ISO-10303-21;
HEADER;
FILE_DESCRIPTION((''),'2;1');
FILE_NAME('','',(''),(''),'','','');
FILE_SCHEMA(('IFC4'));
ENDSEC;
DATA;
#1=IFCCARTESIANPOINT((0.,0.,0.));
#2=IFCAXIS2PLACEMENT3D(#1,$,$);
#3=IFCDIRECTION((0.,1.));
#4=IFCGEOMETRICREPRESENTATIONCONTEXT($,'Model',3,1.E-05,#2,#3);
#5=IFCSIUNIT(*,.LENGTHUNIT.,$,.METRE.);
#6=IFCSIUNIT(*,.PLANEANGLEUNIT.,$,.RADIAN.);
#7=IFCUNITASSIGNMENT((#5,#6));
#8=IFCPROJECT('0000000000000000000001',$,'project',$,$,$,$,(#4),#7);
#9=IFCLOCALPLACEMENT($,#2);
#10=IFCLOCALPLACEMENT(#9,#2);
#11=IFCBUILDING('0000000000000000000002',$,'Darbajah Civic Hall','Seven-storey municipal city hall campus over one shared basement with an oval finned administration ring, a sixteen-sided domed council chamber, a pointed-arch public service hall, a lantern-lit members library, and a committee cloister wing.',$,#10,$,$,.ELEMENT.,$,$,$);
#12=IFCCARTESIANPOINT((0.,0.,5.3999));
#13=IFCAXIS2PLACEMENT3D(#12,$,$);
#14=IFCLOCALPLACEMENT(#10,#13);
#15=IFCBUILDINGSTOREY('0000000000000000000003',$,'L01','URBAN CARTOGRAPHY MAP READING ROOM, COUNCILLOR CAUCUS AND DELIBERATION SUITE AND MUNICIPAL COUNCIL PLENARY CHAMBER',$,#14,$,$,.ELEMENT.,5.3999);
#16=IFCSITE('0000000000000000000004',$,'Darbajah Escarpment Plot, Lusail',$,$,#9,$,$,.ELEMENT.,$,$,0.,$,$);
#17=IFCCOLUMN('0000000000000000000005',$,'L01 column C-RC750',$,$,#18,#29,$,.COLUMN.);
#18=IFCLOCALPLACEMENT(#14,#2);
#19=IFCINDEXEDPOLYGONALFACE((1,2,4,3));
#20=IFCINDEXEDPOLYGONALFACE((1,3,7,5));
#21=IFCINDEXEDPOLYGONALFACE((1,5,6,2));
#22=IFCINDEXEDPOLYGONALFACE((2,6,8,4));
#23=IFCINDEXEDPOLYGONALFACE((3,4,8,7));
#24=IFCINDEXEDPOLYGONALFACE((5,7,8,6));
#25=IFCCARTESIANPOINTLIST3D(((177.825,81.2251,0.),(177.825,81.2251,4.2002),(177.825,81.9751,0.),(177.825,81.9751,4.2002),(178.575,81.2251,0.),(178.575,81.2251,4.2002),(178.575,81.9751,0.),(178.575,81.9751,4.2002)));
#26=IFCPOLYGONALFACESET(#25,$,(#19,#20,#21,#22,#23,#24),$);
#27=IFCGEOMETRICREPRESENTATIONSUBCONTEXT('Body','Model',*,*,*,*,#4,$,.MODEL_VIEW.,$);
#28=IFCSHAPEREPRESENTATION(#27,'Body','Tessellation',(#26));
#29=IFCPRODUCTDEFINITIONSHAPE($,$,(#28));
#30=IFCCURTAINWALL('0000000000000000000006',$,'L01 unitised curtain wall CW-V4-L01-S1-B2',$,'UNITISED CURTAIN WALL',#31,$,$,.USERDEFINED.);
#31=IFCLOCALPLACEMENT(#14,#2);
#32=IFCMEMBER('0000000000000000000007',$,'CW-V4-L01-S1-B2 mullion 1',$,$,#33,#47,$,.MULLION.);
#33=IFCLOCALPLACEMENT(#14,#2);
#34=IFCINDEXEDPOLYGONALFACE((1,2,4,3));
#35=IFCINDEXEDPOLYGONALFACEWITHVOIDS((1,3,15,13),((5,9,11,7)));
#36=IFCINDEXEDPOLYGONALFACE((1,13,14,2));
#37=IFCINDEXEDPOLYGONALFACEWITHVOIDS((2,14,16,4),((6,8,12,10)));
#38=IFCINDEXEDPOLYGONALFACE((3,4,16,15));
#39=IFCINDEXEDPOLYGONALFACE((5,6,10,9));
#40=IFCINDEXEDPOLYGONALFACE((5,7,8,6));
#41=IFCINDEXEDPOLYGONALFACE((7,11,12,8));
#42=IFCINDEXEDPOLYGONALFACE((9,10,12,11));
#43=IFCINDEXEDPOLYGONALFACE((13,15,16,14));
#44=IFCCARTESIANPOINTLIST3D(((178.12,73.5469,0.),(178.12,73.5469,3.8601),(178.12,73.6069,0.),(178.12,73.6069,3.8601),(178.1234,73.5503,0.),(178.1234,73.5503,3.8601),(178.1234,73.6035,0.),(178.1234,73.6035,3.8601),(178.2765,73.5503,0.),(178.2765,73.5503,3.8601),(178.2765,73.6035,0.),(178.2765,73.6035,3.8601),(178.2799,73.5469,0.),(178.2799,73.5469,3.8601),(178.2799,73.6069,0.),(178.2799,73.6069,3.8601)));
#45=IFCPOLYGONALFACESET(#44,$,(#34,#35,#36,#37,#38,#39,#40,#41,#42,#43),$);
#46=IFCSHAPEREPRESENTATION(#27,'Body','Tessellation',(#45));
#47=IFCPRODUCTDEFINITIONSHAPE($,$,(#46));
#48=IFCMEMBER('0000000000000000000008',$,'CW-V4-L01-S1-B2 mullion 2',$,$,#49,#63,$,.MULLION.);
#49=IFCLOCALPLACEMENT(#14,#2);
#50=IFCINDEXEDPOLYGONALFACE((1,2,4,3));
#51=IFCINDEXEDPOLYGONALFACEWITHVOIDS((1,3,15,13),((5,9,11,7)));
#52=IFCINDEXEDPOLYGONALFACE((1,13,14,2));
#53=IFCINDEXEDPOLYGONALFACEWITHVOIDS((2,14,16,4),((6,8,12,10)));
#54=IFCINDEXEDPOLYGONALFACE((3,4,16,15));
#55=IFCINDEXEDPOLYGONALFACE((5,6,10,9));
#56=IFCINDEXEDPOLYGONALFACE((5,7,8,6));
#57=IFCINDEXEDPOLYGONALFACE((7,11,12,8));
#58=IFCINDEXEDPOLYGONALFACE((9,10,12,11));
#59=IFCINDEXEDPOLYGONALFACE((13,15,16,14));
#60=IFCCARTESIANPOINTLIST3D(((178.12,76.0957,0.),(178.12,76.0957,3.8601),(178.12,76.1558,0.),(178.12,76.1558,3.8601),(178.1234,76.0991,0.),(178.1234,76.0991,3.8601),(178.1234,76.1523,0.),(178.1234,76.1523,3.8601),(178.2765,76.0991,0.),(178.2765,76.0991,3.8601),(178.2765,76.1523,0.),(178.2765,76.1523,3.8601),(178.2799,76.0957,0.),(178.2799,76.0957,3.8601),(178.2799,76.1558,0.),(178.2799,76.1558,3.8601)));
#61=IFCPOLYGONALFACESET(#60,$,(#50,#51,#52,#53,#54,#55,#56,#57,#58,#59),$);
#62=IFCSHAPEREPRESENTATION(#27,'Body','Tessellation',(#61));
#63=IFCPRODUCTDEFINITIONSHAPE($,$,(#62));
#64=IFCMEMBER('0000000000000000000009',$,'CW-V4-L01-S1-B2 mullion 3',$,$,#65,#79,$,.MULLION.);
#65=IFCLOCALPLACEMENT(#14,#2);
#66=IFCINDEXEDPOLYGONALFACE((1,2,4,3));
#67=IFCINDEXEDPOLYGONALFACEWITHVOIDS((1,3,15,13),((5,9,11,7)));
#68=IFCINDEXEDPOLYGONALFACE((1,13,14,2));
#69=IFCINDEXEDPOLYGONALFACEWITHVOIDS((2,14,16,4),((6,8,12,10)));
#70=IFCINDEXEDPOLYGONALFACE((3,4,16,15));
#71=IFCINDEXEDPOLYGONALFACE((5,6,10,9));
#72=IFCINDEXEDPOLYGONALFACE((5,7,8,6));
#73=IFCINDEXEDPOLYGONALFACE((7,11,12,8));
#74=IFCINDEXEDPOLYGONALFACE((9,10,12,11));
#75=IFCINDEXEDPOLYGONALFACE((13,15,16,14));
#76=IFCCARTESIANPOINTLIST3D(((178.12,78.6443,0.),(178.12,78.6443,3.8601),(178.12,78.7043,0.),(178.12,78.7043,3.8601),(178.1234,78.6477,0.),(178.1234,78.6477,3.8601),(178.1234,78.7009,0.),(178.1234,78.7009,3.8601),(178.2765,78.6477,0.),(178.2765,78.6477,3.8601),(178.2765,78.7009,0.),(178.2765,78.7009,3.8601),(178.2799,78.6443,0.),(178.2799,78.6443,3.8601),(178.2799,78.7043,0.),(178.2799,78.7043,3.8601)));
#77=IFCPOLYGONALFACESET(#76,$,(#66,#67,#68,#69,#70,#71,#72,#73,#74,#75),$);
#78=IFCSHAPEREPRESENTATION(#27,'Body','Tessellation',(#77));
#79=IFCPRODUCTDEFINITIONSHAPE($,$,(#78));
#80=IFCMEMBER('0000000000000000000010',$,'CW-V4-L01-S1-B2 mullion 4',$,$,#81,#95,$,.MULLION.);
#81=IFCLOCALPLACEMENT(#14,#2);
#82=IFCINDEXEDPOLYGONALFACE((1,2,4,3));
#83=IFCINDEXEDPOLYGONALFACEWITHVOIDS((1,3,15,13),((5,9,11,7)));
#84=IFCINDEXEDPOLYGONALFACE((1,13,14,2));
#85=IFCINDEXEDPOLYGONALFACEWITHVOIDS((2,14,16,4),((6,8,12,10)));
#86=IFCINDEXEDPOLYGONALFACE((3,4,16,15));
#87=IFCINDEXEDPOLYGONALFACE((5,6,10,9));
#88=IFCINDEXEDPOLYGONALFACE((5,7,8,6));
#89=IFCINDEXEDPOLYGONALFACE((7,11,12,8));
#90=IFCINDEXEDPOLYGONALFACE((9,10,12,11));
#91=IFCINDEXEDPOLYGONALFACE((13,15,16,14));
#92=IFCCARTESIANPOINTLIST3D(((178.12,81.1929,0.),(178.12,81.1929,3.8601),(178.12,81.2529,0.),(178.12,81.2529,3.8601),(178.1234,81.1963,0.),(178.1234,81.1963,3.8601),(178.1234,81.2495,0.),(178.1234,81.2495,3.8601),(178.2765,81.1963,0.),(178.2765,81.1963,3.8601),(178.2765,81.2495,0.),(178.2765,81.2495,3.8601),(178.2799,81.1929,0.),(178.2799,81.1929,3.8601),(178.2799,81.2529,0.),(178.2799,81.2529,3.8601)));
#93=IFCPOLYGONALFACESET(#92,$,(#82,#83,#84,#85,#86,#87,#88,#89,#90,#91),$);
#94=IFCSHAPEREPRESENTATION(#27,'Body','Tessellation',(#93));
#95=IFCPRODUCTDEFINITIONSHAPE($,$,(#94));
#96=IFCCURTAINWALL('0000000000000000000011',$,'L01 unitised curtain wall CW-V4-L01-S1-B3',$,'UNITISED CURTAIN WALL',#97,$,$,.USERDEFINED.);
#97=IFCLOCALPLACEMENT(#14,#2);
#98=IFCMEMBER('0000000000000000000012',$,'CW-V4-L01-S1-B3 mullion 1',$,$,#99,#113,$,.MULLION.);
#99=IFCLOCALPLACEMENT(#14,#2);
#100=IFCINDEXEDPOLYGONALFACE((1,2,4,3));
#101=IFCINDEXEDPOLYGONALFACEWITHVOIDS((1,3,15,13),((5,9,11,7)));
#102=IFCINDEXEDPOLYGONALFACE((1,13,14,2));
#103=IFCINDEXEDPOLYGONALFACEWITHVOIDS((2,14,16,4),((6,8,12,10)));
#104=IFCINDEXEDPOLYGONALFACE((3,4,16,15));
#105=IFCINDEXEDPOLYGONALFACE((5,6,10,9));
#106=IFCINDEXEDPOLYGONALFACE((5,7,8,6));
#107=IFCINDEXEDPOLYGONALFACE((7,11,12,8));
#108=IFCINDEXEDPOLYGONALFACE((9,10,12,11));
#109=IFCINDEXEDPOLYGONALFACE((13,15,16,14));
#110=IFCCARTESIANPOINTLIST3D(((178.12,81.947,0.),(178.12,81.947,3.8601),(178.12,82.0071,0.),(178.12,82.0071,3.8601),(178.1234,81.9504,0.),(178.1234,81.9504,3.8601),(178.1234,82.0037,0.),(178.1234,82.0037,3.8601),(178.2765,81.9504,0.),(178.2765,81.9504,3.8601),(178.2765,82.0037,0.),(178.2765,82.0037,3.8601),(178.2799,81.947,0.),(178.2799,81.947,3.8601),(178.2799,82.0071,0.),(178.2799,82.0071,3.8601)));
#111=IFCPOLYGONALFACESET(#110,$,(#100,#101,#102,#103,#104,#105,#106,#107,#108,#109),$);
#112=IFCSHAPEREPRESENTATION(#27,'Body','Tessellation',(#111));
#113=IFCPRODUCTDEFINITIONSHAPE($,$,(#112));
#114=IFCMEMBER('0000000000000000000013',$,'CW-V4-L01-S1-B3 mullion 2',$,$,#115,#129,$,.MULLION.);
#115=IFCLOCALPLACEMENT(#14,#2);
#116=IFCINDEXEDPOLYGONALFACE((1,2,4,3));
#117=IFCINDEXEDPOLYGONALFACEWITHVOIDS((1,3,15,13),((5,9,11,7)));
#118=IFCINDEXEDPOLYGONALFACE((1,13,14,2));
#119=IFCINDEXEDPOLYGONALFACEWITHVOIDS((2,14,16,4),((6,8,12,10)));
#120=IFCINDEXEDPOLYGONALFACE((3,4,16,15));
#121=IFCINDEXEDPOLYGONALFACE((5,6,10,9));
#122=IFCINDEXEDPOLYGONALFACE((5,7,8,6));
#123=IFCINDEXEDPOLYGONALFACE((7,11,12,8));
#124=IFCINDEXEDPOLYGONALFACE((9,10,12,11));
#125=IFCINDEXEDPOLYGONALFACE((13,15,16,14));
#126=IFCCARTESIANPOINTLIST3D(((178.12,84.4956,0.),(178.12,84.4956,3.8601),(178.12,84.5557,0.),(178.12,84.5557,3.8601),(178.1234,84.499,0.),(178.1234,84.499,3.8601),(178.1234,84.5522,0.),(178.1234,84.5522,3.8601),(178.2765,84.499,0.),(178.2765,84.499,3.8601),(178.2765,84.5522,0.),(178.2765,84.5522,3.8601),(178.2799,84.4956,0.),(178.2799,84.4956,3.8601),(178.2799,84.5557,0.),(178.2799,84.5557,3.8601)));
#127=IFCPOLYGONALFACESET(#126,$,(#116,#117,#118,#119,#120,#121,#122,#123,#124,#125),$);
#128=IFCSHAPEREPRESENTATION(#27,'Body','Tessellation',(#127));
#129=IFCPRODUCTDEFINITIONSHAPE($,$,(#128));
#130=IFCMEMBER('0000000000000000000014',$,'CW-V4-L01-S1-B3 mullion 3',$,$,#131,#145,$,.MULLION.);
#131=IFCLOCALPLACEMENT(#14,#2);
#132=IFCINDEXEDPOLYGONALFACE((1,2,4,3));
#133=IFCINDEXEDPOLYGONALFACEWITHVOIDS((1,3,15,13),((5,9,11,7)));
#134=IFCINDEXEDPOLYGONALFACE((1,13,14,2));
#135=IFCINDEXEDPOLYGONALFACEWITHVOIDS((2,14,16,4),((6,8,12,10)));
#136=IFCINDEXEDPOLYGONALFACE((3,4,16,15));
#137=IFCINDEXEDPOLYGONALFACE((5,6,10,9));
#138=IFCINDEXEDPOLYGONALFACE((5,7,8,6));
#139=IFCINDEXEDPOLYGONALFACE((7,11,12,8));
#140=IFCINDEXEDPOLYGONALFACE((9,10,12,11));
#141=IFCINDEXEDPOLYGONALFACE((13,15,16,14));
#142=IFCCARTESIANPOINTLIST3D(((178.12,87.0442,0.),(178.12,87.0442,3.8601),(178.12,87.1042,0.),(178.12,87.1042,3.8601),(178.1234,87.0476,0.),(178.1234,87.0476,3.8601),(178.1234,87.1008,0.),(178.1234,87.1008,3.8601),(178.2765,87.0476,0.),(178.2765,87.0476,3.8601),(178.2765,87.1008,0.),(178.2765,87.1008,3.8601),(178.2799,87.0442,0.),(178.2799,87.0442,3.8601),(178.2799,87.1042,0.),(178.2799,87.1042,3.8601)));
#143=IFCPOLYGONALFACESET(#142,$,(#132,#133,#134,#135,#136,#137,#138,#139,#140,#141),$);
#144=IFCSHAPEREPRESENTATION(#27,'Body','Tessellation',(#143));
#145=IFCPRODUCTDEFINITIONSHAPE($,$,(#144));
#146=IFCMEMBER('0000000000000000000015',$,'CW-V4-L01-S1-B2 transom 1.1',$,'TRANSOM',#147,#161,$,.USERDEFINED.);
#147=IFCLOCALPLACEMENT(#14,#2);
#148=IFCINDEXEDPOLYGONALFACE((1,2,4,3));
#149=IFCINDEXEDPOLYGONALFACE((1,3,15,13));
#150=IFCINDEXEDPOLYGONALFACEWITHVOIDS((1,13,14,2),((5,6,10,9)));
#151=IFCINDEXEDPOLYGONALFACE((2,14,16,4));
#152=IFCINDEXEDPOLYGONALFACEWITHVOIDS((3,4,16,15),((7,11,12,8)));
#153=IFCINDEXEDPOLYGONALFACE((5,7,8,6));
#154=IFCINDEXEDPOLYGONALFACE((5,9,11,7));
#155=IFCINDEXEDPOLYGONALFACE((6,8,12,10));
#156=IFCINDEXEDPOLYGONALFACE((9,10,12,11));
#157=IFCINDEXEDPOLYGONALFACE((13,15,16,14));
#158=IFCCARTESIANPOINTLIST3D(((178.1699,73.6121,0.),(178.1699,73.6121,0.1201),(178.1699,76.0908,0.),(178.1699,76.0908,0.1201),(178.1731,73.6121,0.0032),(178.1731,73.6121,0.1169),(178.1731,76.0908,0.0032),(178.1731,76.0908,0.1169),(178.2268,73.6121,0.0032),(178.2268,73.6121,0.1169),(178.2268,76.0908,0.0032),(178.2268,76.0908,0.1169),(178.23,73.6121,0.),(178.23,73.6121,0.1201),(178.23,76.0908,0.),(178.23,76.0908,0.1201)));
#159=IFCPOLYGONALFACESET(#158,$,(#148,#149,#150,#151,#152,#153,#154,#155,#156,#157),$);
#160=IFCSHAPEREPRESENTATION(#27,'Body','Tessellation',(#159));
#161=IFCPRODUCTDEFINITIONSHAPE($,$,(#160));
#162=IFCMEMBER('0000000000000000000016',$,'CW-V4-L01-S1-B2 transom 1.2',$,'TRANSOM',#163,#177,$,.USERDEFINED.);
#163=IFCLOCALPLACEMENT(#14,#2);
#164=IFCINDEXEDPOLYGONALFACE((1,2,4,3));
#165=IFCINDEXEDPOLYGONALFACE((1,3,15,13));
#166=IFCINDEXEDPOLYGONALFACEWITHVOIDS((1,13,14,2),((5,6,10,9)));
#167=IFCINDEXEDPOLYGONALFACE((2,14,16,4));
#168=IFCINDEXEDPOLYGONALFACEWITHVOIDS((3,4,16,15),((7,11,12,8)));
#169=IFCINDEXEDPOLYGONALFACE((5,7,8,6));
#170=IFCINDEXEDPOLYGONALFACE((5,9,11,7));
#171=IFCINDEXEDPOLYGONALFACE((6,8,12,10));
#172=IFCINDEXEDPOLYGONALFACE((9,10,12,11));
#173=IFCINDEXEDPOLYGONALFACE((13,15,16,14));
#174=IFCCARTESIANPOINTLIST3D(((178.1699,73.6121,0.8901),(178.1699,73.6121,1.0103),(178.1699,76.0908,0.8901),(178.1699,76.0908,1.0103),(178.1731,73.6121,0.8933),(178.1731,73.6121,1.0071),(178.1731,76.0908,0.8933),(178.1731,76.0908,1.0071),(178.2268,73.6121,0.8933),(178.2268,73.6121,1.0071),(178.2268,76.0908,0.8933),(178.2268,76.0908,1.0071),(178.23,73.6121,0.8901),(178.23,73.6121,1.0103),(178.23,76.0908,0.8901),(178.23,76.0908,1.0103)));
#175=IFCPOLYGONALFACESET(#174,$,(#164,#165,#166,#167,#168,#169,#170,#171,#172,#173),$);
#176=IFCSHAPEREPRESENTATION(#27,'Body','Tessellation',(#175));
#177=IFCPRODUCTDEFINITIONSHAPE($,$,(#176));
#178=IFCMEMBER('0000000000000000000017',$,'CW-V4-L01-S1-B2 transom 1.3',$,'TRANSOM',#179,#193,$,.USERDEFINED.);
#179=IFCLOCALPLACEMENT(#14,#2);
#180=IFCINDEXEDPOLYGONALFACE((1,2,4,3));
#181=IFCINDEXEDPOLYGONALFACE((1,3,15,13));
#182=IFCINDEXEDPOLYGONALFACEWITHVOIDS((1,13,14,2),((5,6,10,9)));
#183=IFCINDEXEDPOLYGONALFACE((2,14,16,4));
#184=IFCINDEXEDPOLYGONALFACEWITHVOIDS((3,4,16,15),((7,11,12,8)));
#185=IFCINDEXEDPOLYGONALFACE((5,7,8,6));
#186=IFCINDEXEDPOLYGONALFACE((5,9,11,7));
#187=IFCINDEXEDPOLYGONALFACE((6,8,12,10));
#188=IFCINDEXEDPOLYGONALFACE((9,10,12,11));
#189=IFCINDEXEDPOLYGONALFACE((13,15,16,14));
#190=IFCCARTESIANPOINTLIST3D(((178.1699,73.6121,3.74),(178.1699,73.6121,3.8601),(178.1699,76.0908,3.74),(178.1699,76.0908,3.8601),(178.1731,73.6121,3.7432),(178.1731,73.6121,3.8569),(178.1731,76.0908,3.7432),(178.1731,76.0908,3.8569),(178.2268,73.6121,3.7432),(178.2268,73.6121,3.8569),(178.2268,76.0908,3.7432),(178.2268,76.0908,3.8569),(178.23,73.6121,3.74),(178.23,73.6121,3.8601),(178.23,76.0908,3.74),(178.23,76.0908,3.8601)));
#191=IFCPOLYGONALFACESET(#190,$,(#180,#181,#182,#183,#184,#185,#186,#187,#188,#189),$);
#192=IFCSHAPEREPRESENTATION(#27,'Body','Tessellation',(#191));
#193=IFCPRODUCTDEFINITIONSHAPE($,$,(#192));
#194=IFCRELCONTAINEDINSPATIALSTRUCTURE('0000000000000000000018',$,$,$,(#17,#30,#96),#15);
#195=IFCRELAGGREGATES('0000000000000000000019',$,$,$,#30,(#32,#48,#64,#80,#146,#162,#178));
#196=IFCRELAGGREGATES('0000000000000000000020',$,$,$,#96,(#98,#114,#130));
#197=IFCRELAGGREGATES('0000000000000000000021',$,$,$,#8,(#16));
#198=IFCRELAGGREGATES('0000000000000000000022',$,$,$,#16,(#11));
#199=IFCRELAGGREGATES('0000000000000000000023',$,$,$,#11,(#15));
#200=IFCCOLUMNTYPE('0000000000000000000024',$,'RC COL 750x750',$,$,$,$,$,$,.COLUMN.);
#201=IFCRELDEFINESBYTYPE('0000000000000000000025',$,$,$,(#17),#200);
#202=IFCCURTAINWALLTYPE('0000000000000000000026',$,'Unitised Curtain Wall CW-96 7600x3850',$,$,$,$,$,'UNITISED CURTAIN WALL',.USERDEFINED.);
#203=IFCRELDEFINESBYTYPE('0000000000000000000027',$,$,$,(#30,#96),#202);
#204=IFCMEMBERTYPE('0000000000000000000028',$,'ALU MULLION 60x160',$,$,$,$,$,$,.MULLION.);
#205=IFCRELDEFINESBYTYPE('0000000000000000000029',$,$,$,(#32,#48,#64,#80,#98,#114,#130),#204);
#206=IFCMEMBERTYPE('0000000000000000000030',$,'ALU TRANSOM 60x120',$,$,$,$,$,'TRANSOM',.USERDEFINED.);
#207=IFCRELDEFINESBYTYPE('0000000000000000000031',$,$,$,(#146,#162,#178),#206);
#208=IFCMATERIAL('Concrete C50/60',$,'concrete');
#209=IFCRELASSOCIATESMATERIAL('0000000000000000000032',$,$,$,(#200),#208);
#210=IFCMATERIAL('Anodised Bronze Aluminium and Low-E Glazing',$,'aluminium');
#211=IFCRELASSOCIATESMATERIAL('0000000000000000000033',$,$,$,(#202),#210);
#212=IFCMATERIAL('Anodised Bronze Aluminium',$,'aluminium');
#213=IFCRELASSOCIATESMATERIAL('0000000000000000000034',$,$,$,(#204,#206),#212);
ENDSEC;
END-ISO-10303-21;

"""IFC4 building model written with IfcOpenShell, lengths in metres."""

from ifc_helpers import new_model, si_unit, direction, frame, origin, origin_2d, place, context, subcontext, project, spatial, rectangle, hollow_rectangle, extrude, material, material_profile, profile_set, type_object, element, aggregate, save


model = new_model("IFC4")

# Units and contexts
model_context = context("Model", 3, precision=1e-05, world=origin(), true_north=direction((0.0, 1.0)))
body_context = subcontext(model_context, "Body", "Model", "MODEL_VIEW")
ifc_project = project(units=[si_unit("LENGTHUNIT", "METRE"), si_unit("PLANEANGLEUNIT", "RADIAN")], contexts=[model_context])

# Site, building, storey
site_placement = place(None, origin())
site = spatial("IfcSite", under=ifc_project, at=site_placement, Name="Darbajah Escarpment Plot, Lusail", CompositionType="ELEMENT", RefElevation=0.0)
building_placement = place(site_placement, origin())
building = spatial("IfcBuilding", under=site, at=building_placement, Name="Darbajah Civic Hall", Description="Seven-storey municipal city hall campus over one shared basement with an oval finned administration ring, a sixteen-sided domed council chamber, a pointed-arch public service hall, a lantern-lit members library, and a committee cloister wing.", CompositionType="ELEMENT")
storey_placement = place(building_placement, frame((0.0, 0.0, 5.3999)))
storey = spatial("IfcBuildingStorey", under=building, at=storey_placement, Name="L01", Description="URBAN CARTOGRAPHY MAP READING ROOM, COUNCILLOR CAUCUS AND DELIBERATION SUITE AND MUNICIPAL COUNCIL PLENARY CHAMBER", CompositionType="ELEMENT", Elevation=5.3999)

# Column
ifc_material_1 = material(Name="Concrete C50/60", Category="concrete")
ifc_material_profile_1 = material_profile(ifc_material_1, rectangle(XDim=0.75, YDim=0.75, at=origin_2d()), Name="RC COL 750x750")
ifc_profile_set_1 = profile_set([ifc_material_profile_1], Name="Concrete C50/60")
column_type = type_object("IfcColumnType", Name="RC COL 750x750", PredefinedType="COLUMN", material=ifc_profile_set_1)
column_placement = place(storey_placement, frame((178.2, 81.6001, 0.0), z_axis=(0.0, 0.0, 1.0), x_axis=(1.0, 0.0, 0.0)))
element("IfcColumn", 1, at=column_placement, inside=storey, type_object=column_type, Name="L01 column C-RC750", PredefinedType="COLUMN", context=body_context, shape_type="SweptSolid", body=[
    extrude(rectangle(XDim=0.75, YDim=0.75, at=origin_2d()), origin(), (0.0, 0.0, 1.0), 4.2002),
])

# Curtain walls, members
ifc_material_2 = material(Name="Anodised Bronze Aluminium and Low-E Glazing", Category="aluminium")
curtain_wall_type = type_object("IfcCurtainWallType", Name="Unitised Curtain Wall CW-96 7600x3850", ElementType="UNITISED CURTAIN WALL", PredefinedType="USERDEFINED", material=ifc_material_2)
curtain_wall_1_placement = place(storey_placement, origin())
curtain_wall_1 = element("IfcCurtainWall", 2, at=curtain_wall_1_placement, inside=storey, type_object=curtain_wall_type, Name="L01 unitised curtain wall CW-V4-L01-S1-B2", ObjectType="UNITISED CURTAIN WALL", PredefinedType="USERDEFINED")
ifc_material_3 = material(Name="Anodised Bronze Aluminium", Category="aluminium")
ifc_material_profile_2 = material_profile(ifc_material_3, hollow_rectangle(XDim=0.0601, YDim=0.1599, WallThickness=0.0034, at=origin_2d()), Name="ALU MULLION 60x160")
ifc_profile_set_2 = profile_set([ifc_material_profile_2], Name="Anodised Bronze Aluminium")
member_type_1 = type_object("IfcMemberType", Name="ALU MULLION 60x160", PredefinedType="MULLION", material=ifc_profile_set_2)
member_1_placement = place(storey_placement, frame((178.2, 73.5769, 0.0), z_axis=(0.0, 0.0, 1.0), x_axis=(0.0, 1.0, 0.0)))
member_1 = element("IfcMember", 3, at=member_1_placement, type_object=member_type_1, Name="CW-V4-L01-S1-B2 mullion 1", PredefinedType="MULLION", context=body_context, shape_type="SweptSolid", body=[
    extrude(hollow_rectangle(XDim=0.0601, YDim=0.1599, WallThickness=0.0034, at=origin_2d()), origin(), (0.0, 0.0, 1.0), 3.8601),
])
member_2_placement = place(storey_placement, frame((178.2, 76.1257, 0.0), z_axis=(0.0, 0.0, 1.0), x_axis=(0.0, 1.0, 0.0)))
member_2 = element("IfcMember", 4, at=member_2_placement, type_object=member_type_1, Name="CW-V4-L01-S1-B2 mullion 2", PredefinedType="MULLION", context=body_context, shape_type="SweptSolid", body=[
    extrude(hollow_rectangle(XDim=0.0601, YDim=0.1599, WallThickness=0.0034, at=origin_2d()), origin(), (0.0, 0.0, 1.0), 3.8601),
])
member_3_placement = place(storey_placement, frame((178.2, 78.6743, 0.0), z_axis=(0.0, 0.0, 1.0), x_axis=(0.0, 1.0, 0.0)))
member_3 = element("IfcMember", 5, at=member_3_placement, type_object=member_type_1, Name="CW-V4-L01-S1-B2 mullion 3", PredefinedType="MULLION", context=body_context, shape_type="SweptSolid", body=[
    extrude(hollow_rectangle(XDim=0.0601, YDim=0.1599, WallThickness=0.0034, at=origin_2d()), origin(), (0.0, 0.0, 1.0), 3.8601),
])
member_4_placement = place(storey_placement, frame((178.2, 81.2229, 0.0), z_axis=(0.0, 0.0, 1.0), x_axis=(0.0, 1.0, 0.0)))
member_4 = element("IfcMember", 6, at=member_4_placement, type_object=member_type_1, Name="CW-V4-L01-S1-B2 mullion 4", PredefinedType="MULLION", context=body_context, shape_type="SweptSolid", body=[
    extrude(hollow_rectangle(XDim=0.0601, YDim=0.1599, WallThickness=0.0034, at=origin_2d()), origin(), (0.0, 0.0, 1.0), 3.8601),
])
curtain_wall_2_placement = place(storey_placement, origin())
curtain_wall_2 = element("IfcCurtainWall", 7, at=curtain_wall_2_placement, inside=storey, type_object=curtain_wall_type, Name="L01 unitised curtain wall CW-V4-L01-S1-B3", ObjectType="UNITISED CURTAIN WALL", PredefinedType="USERDEFINED")
member_5_placement = place(storey_placement, frame((178.2, 81.9771, 0.0), z_axis=(0.0, 0.0, 1.0), x_axis=(0.0, 1.0, 0.0)))
member_5 = element("IfcMember", 8, at=member_5_placement, type_object=member_type_1, Name="CW-V4-L01-S1-B3 mullion 1", PredefinedType="MULLION", context=body_context, shape_type="SweptSolid", body=[
    extrude(hollow_rectangle(XDim=0.0601, YDim=0.1599, WallThickness=0.0034, at=origin_2d()), origin(), (0.0, 0.0, 1.0), 3.8601),
])
member_6_placement = place(storey_placement, frame((178.2, 84.5256, 0.0), z_axis=(0.0, 0.0, 1.0), x_axis=(0.0, 1.0, 0.0)))
member_6 = element("IfcMember", 9, at=member_6_placement, type_object=member_type_1, Name="CW-V4-L01-S1-B3 mullion 2", PredefinedType="MULLION", context=body_context, shape_type="SweptSolid", body=[
    extrude(hollow_rectangle(XDim=0.0601, YDim=0.1599, WallThickness=0.0034, at=origin_2d()), origin(), (0.0, 0.0, 1.0), 3.8601),
])
member_7_placement = place(storey_placement, frame((178.2, 87.0742, 0.0), z_axis=(0.0, 0.0, 1.0), x_axis=(0.0, 1.0, 0.0)))
member_7 = element("IfcMember", 10, at=member_7_placement, type_object=member_type_1, Name="CW-V4-L01-S1-B3 mullion 3", PredefinedType="MULLION", context=body_context, shape_type="SweptSolid", body=[
    extrude(hollow_rectangle(XDim=0.0601, YDim=0.1599, WallThickness=0.0034, at=origin_2d()), origin(), (0.0, 0.0, 1.0), 3.8601),
])

# Members
ifc_material_profile_3 = material_profile(ifc_material_3, hollow_rectangle(XDim=0.0601, YDim=0.1201, WallThickness=0.0032, at=origin_2d()), Name="ALU TRANSOM 60x120")
ifc_profile_set_3 = profile_set([ifc_material_profile_3], Name="Anodised Bronze Aluminium")
member_type_2 = type_object("IfcMemberType", Name="ALU TRANSOM 60x120", ElementType="TRANSOM", PredefinedType="USERDEFINED", material=ifc_profile_set_3)
member_8_placement = place(storey_placement, frame((178.2, 73.6121, 0.0601), z_axis=(0.0, 1.0, 0.0), x_axis=(-1.0, 0.0, 0.0)))
member_8 = element("IfcMember", 11, at=member_8_placement, type_object=member_type_2, Name="CW-V4-L01-S1-B2 transom 1.1", ObjectType="TRANSOM", PredefinedType="USERDEFINED", context=body_context, shape_type="SweptSolid", body=[
    extrude(hollow_rectangle(XDim=0.0601, YDim=0.1201, WallThickness=0.0032, at=origin_2d()), origin(), (0.0, 0.0, 1.0), 2.4788),
])
member_9_placement = place(storey_placement, frame((178.2, 73.6121, 0.9502), z_axis=(0.0, 1.0, 0.0), x_axis=(-1.0, 0.0, 0.0)))
member_9 = element("IfcMember", 12, at=member_9_placement, type_object=member_type_2, Name="CW-V4-L01-S1-B2 transom 1.2", ObjectType="TRANSOM", PredefinedType="USERDEFINED", context=body_context, shape_type="SweptSolid", body=[
    extrude(hollow_rectangle(XDim=0.0601, YDim=0.1201, WallThickness=0.0032, at=origin_2d()), origin(), (0.0, 0.0, 1.0), 2.4788),
])
member_10_placement = place(storey_placement, frame((178.2, 73.6121, 3.8), z_axis=(0.0, 1.0, 0.0), x_axis=(-1.0, 0.0, 0.0)))
member_10 = element("IfcMember", 13, at=member_10_placement, type_object=member_type_2, Name="CW-V4-L01-S1-B2 transom 1.3", ObjectType="TRANSOM", PredefinedType="USERDEFINED", context=body_context, shape_type="SweptSolid", body=[
    extrude(hollow_rectangle(XDim=0.0601, YDim=0.1201, WallThickness=0.0032, at=origin_2d()), origin(), (0.0, 0.0, 1.0), 2.4788),
])

aggregate(curtain_wall_1, [member_1, member_2, member_3, member_4, member_8, member_9, member_10])
aggregate(curtain_wall_2, [member_5, member_6, member_7])

save(model, "model.ifc")
